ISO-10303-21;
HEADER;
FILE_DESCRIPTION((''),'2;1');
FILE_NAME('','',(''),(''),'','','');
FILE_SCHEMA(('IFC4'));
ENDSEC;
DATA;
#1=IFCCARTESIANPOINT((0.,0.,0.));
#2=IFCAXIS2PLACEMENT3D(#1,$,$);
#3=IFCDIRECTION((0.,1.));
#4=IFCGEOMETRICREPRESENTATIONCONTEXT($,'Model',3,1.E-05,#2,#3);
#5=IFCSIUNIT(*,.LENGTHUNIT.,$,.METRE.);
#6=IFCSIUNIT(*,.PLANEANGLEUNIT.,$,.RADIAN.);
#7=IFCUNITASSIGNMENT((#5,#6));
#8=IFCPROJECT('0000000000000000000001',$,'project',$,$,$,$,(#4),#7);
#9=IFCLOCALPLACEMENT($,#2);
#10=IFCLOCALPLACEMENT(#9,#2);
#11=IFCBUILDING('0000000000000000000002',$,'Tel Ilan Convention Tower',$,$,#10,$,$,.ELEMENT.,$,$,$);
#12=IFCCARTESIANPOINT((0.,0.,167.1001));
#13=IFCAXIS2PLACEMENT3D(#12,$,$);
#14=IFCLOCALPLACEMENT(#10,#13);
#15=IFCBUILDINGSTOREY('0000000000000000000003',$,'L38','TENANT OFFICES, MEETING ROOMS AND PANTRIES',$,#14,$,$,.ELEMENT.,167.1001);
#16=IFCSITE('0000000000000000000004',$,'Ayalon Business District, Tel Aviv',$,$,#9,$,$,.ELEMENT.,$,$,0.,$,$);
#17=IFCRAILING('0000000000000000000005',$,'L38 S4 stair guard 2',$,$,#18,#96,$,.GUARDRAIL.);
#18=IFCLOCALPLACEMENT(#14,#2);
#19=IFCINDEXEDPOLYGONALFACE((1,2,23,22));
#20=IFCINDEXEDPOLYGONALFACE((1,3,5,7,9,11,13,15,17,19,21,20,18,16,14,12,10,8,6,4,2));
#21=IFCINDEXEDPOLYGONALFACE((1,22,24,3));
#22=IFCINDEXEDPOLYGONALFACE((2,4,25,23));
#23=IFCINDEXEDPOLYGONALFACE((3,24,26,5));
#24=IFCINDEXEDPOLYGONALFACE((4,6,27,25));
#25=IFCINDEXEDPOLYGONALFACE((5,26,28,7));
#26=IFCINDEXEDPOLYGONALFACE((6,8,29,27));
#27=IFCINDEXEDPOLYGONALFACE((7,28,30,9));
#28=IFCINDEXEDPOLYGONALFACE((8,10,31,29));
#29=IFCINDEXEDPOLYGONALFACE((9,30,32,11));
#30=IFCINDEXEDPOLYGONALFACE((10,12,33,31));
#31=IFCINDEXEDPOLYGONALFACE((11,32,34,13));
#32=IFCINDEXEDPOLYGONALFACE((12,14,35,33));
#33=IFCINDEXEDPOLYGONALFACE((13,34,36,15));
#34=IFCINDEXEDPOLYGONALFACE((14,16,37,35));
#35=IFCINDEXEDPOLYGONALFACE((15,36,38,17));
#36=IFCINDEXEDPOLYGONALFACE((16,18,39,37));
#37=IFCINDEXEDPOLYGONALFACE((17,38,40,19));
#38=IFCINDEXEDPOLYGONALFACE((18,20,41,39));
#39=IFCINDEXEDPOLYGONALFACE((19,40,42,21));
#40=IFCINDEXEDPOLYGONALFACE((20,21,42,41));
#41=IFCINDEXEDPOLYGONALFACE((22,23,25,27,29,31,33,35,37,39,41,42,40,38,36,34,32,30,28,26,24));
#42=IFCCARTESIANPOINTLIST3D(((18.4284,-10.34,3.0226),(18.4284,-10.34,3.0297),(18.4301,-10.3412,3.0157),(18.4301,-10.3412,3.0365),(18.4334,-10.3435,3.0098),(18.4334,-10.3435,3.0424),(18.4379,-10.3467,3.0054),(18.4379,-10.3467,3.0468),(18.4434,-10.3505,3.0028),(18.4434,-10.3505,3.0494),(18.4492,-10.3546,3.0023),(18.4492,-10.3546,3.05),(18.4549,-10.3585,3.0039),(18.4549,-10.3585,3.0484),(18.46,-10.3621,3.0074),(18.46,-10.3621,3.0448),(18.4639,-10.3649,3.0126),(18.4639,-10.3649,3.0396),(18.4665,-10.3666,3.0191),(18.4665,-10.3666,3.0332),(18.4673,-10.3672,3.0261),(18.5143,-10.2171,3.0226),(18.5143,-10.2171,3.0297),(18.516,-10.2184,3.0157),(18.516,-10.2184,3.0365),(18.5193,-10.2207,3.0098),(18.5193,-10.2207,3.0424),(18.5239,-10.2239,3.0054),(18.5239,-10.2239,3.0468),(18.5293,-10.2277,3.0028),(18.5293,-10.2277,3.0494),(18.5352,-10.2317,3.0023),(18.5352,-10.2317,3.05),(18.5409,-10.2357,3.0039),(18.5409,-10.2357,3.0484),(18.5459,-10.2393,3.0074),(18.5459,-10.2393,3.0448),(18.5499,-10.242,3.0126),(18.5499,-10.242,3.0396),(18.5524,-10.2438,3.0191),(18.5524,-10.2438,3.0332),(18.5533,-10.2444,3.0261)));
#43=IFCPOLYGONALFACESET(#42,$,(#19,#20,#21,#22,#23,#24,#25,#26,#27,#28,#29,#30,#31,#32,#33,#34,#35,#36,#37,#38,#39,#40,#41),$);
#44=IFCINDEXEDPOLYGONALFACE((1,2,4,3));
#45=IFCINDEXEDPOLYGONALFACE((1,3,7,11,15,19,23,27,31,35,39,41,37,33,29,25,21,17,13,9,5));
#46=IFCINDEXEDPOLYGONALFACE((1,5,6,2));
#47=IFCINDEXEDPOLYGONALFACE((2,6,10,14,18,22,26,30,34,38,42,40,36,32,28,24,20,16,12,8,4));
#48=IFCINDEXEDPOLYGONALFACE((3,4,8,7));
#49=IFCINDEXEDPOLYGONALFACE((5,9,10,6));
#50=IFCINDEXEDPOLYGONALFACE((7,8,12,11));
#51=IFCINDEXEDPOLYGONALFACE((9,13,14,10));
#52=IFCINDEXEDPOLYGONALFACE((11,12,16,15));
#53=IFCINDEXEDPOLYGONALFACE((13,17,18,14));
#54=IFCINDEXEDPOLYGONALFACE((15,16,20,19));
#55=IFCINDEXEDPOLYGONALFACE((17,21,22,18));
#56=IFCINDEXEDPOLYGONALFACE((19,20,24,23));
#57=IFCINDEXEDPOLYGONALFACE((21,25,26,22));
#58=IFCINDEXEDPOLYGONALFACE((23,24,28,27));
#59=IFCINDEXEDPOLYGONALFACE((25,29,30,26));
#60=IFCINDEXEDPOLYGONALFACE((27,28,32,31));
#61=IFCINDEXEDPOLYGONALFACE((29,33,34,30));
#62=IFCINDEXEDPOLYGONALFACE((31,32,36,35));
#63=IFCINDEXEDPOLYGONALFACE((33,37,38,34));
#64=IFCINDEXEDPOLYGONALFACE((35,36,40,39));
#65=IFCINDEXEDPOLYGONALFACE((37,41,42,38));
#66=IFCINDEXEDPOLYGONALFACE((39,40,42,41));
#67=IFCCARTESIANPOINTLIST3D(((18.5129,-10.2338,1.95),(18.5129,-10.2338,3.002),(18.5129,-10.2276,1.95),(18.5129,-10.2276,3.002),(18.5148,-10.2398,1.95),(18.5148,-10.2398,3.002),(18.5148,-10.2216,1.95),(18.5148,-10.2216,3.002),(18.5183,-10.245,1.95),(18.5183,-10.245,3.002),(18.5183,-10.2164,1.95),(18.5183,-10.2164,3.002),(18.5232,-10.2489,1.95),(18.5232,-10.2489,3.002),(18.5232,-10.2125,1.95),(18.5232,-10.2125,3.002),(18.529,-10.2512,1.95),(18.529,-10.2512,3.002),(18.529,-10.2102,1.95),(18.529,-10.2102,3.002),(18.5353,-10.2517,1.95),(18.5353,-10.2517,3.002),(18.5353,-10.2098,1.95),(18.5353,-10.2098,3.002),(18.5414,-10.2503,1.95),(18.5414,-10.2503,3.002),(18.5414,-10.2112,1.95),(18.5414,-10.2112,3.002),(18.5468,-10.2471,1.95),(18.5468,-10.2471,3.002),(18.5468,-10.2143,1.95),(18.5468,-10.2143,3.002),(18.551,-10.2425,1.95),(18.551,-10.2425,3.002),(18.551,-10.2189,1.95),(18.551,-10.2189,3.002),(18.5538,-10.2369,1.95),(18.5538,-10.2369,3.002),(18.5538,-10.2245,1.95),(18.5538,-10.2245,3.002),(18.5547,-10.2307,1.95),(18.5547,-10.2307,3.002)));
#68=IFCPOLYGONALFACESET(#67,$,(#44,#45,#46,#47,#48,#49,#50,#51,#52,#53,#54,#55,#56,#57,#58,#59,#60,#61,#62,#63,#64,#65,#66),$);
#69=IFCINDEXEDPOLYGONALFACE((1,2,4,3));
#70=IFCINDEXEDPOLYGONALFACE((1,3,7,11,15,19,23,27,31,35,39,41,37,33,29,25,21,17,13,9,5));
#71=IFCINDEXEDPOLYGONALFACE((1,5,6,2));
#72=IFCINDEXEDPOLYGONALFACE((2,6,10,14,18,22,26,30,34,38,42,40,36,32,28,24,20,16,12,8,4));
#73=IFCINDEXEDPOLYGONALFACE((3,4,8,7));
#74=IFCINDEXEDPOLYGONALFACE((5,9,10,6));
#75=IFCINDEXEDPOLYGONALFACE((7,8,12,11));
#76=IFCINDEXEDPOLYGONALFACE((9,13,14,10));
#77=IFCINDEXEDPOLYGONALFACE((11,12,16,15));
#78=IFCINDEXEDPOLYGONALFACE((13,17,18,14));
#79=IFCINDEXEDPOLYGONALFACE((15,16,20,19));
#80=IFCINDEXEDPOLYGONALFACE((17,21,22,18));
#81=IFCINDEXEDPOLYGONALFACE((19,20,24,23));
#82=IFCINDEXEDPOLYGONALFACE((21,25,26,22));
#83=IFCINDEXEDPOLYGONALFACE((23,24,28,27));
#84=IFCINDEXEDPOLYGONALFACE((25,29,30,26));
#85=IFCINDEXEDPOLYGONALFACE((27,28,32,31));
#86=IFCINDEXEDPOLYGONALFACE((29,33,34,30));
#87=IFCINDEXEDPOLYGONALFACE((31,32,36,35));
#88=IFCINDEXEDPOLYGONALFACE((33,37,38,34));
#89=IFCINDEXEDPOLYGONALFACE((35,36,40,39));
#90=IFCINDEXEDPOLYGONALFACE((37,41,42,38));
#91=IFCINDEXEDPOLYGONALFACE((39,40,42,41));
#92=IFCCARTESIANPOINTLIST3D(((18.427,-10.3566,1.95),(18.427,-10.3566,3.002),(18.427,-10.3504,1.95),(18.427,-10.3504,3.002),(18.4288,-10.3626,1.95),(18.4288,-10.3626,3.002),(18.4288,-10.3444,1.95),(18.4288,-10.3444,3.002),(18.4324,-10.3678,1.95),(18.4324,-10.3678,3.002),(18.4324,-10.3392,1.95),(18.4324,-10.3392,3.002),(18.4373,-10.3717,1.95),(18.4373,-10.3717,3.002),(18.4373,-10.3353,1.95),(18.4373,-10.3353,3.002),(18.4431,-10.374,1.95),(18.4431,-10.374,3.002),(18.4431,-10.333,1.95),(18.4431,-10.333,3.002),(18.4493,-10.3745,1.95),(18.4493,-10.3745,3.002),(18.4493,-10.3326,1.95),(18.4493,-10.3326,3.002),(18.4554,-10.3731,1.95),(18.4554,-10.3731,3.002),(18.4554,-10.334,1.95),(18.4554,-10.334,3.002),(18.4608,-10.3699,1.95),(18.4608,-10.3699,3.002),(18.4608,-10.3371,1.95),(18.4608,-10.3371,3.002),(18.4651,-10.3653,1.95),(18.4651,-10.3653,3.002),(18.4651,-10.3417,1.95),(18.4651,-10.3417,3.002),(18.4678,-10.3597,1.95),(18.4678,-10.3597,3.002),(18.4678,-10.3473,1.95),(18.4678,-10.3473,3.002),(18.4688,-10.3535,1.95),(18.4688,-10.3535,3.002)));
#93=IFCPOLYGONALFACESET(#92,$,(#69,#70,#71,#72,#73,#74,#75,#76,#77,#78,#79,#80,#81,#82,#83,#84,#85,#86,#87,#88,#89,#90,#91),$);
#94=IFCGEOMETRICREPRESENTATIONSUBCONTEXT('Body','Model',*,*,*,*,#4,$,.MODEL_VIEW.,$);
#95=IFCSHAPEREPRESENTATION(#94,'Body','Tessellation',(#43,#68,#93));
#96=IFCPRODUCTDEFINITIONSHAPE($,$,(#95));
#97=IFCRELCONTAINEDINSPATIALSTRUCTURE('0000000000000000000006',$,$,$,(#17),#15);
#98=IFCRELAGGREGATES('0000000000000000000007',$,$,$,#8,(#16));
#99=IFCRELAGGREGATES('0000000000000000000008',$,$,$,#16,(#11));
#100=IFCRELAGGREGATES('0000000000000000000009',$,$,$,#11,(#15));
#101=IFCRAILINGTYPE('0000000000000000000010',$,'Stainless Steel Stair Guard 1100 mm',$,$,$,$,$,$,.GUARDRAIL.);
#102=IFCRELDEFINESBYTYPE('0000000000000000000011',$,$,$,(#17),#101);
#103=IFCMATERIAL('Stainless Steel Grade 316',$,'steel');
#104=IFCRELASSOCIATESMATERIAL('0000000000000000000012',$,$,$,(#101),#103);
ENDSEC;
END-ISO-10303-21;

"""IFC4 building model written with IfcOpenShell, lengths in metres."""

from ifc_helpers import new_model, si_unit, direction, frame, origin, origin_2d, place, context, subcontext, project, spatial, circle, extrude, material, type_object, element, save


model = new_model("IFC4")

# Units and contexts
model_context = context("Model", 3, precision=1e-05, world=origin(), true_north=direction((0.0, 1.0)))
body_context = subcontext(model_context, "Body", "Model", "MODEL_VIEW")
ifc_project = project(units=[si_unit("LENGTHUNIT", "METRE"), si_unit("PLANEANGLEUNIT", "RADIAN")], contexts=[model_context])

# Site, building, storey
site_placement = place(None, origin())
site = spatial("IfcSite", under=ifc_project, at=site_placement, Name="Ayalon Business District, Tel Aviv", CompositionType="ELEMENT", RefElevation=0.0)
building_placement = place(site_placement, origin())
building = spatial("IfcBuilding", under=site, at=building_placement, Name="Tel Ilan Convention Tower", CompositionType="ELEMENT")
storey_placement = place(building_placement, frame((0.0, 0.0, 167.1001)))
storey = spatial("IfcBuildingStorey", under=building, at=storey_placement, Name="L38", Description="TENANT OFFICES, MEETING ROOMS AND PANTRIES", CompositionType="ELEMENT", Elevation=167.1001)

# Railing
ifc_material_1 = material(Name="Stainless Steel Grade 316", Category="steel")
railing_type_1 = type_object("IfcRailingType", Name="Stainless Steel Stair Guard 1100 mm", PredefinedType="GUARDRAIL", material=ifc_material_1)
railing_1_placement = place(storey_placement, frame((18.5337, -10.2307, 1.95)))
element("IfcRailing", 1, at=railing_1_placement, inside=storey, type_object=railing_type_1, Name="L38 S4 stair guard 2", PredefinedType="GUARDRAIL", context=body_context, shape_type="SweptSolid", body=[
    extrude(circle(Radius=0.0239, at=origin_2d()), frame((0.0, 0.0, 1.0762), z_axis=(-0.573353, -0.819308, 0.0), x_axis=(0.819308, -0.573353, 0.0)), (0.0, 0.0, 1.0), 0.1499),
    extrude(circle(Radius=0.021, at=origin_2d()), origin(), (0.0, 0.0, 1.0), 1.052),
    extrude(circle(Radius=0.021, at=origin_2d()), frame((-0.0859, -0.1228, 0.0)), (0.0, 0.0, 1.0), 1.052),
])

save(model, "model.ifc")
